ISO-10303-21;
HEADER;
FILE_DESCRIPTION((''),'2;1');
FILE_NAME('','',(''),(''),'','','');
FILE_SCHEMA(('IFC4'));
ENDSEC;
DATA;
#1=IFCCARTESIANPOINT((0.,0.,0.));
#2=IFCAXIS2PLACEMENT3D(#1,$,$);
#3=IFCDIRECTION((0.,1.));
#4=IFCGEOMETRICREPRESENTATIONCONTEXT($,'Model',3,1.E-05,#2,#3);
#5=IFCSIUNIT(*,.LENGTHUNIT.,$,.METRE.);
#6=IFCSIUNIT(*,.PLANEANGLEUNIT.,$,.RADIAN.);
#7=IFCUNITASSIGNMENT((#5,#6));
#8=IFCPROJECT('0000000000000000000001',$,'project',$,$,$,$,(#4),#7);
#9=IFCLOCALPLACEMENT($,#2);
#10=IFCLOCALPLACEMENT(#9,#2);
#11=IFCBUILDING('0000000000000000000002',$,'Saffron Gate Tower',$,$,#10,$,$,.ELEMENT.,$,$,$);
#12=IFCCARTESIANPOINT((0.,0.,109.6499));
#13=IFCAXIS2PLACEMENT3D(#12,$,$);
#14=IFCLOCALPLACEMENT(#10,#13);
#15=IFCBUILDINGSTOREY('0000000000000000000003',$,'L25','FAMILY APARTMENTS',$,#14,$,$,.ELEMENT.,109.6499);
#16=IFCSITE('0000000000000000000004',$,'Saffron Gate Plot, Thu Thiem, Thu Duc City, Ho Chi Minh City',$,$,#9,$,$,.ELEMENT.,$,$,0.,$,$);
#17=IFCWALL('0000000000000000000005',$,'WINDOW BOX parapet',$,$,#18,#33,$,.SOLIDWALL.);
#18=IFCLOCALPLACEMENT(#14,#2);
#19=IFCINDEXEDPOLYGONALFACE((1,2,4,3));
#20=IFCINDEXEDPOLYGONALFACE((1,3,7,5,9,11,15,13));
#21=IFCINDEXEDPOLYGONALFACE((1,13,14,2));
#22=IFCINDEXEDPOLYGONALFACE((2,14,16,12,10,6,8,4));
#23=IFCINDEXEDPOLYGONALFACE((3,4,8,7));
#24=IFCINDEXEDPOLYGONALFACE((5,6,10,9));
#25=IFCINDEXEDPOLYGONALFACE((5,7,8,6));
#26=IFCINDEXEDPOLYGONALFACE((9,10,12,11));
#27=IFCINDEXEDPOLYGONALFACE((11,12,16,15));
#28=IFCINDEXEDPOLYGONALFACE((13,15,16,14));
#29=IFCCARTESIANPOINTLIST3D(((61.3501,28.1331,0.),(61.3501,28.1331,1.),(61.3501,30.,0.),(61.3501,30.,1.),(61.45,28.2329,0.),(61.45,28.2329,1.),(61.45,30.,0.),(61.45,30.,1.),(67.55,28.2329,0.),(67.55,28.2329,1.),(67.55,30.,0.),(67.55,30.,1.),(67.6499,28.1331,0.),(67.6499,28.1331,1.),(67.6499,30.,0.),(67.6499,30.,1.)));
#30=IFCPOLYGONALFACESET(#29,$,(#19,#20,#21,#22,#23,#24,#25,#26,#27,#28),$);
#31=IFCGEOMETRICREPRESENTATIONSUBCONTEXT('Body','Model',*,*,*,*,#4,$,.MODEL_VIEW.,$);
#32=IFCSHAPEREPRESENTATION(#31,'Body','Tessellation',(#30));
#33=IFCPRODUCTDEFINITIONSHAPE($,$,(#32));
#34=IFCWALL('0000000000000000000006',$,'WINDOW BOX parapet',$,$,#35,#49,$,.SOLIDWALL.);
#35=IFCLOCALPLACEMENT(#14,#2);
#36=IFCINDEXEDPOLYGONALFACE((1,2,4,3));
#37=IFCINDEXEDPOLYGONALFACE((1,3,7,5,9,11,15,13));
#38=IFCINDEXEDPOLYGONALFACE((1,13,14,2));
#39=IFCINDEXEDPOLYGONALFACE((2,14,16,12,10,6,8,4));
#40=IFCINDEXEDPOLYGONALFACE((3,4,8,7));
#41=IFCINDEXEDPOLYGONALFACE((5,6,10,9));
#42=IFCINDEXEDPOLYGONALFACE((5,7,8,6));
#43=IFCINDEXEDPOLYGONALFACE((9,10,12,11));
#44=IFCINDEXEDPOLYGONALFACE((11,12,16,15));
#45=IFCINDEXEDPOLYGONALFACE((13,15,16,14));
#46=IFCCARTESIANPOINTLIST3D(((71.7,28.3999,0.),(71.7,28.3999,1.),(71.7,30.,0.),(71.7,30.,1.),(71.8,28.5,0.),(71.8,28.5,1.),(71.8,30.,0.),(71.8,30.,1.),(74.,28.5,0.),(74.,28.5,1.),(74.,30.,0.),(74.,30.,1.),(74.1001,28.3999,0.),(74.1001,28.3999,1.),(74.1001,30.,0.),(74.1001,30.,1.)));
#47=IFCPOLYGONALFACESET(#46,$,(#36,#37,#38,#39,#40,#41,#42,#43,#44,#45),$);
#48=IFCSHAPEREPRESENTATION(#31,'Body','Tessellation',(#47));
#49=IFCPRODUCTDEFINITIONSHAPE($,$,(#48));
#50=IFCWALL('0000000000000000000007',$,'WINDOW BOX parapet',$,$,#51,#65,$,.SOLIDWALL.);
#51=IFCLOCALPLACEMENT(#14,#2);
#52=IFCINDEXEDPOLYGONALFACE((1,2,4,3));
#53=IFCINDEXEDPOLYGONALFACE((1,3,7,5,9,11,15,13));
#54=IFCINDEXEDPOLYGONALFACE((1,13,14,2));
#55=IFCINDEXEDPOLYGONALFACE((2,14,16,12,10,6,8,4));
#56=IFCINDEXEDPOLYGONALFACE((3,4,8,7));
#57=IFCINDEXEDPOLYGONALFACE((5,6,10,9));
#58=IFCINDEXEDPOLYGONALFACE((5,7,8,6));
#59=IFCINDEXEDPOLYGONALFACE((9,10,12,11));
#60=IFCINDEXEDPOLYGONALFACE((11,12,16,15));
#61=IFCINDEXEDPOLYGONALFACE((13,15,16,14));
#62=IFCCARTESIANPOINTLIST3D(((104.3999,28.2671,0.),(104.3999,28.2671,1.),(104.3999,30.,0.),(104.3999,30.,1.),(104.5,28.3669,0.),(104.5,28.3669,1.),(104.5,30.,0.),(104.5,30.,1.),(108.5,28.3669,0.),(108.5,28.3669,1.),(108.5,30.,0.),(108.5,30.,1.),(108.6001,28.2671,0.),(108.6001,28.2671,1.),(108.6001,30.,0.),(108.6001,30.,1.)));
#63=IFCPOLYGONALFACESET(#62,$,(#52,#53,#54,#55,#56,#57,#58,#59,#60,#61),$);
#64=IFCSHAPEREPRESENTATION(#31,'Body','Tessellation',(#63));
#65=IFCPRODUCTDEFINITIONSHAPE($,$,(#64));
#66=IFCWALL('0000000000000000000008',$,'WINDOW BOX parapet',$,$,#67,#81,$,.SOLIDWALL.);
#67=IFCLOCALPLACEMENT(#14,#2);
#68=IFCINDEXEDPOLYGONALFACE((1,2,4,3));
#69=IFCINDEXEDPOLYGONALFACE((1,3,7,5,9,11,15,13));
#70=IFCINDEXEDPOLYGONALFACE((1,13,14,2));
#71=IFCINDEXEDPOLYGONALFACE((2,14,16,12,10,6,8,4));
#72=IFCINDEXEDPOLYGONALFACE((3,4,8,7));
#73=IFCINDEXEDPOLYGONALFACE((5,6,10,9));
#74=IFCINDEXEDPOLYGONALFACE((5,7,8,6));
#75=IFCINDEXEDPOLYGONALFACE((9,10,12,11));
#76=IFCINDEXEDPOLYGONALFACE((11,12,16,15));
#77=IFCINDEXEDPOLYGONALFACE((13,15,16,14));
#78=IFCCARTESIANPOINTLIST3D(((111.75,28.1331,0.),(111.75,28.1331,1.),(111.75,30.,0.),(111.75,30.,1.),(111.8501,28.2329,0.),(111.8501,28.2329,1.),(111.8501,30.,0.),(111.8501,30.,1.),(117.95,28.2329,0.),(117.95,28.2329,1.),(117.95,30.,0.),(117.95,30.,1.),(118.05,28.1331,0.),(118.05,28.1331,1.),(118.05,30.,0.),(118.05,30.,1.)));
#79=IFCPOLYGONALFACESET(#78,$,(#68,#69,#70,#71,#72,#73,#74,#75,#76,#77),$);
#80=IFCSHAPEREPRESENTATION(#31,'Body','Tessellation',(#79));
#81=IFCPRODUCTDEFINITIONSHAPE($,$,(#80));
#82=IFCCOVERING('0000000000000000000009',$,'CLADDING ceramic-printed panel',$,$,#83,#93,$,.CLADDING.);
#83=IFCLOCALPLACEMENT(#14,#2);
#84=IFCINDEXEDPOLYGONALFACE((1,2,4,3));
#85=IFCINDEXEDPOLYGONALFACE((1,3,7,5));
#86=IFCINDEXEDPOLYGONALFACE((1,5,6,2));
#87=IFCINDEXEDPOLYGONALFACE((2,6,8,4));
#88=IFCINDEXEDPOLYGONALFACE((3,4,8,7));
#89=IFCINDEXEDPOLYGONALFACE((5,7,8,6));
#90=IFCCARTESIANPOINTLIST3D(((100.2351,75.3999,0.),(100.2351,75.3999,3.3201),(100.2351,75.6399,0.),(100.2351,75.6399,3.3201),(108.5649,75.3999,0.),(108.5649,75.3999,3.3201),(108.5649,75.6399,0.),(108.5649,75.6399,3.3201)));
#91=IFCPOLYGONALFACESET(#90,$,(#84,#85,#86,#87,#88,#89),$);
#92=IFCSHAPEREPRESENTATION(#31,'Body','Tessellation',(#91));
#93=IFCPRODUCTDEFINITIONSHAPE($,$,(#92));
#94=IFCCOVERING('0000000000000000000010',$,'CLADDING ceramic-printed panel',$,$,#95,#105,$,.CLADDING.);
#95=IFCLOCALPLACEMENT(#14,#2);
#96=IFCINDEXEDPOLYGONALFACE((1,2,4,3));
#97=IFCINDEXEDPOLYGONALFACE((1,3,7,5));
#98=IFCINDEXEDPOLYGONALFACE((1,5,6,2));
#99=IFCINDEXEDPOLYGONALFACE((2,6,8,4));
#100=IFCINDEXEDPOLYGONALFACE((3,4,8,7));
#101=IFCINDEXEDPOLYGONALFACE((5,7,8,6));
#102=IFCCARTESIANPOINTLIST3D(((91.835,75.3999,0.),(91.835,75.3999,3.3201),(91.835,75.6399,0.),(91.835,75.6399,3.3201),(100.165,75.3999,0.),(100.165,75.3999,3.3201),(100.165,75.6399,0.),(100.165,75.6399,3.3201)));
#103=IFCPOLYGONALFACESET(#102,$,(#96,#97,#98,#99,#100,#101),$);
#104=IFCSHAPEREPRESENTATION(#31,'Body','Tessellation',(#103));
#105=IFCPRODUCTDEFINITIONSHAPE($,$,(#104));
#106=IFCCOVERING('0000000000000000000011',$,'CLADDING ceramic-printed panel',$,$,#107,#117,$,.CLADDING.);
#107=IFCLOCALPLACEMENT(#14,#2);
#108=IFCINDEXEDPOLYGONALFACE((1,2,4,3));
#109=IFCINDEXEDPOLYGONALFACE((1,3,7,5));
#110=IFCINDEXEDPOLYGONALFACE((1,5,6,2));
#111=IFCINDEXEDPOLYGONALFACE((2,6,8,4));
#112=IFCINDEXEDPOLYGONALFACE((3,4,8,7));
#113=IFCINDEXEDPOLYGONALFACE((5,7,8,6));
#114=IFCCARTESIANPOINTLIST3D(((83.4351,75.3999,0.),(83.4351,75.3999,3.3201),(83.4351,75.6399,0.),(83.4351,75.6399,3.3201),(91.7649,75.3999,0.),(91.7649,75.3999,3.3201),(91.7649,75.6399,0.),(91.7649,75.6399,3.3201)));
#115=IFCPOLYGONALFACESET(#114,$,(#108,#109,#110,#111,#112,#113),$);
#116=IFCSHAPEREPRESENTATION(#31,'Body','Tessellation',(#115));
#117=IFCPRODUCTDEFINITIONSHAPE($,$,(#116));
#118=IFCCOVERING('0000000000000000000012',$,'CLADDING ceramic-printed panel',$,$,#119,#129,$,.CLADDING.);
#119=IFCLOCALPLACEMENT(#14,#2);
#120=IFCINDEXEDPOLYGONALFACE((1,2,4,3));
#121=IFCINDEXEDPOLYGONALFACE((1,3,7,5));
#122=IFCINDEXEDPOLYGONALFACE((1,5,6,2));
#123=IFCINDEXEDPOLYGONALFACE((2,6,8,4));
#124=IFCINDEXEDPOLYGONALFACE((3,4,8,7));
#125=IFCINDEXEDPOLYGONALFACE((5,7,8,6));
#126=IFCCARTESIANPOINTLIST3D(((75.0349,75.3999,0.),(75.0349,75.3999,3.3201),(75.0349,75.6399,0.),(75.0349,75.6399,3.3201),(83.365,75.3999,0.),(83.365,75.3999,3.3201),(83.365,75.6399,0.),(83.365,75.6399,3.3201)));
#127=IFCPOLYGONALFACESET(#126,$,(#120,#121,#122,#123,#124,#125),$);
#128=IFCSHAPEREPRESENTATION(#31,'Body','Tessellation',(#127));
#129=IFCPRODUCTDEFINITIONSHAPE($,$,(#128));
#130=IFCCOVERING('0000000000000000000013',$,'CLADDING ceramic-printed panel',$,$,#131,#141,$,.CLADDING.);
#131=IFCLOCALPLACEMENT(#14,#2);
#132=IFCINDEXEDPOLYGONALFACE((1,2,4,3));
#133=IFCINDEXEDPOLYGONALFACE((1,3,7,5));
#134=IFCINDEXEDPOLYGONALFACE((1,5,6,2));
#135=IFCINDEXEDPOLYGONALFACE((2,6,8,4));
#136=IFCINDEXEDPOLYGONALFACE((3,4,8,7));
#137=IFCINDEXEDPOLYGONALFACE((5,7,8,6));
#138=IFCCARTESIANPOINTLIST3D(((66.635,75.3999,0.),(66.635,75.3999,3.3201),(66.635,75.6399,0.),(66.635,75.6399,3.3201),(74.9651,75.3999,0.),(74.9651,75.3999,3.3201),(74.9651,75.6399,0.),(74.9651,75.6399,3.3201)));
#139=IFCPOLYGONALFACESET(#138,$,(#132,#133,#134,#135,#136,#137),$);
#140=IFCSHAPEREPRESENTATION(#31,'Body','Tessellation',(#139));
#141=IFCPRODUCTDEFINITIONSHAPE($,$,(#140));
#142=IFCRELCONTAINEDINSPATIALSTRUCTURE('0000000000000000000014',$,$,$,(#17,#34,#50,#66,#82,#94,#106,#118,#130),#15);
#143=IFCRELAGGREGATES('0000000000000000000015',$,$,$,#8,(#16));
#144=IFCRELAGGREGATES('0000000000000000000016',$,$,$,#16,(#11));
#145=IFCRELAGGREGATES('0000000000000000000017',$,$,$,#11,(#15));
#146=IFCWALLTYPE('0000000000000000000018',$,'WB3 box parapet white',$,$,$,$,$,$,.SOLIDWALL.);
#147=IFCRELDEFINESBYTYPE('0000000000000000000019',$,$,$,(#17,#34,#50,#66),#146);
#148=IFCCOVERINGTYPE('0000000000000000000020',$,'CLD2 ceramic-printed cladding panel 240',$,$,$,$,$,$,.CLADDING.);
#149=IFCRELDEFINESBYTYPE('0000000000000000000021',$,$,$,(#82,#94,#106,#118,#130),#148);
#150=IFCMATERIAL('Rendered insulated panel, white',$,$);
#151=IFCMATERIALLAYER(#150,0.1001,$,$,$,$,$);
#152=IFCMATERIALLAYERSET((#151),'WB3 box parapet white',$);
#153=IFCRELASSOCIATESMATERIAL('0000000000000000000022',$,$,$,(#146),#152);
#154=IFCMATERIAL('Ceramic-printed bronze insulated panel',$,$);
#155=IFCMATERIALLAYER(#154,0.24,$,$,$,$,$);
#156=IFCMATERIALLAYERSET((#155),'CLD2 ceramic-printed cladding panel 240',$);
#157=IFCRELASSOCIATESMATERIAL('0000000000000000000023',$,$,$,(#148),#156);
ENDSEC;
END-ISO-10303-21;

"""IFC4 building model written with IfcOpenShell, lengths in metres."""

from ifc_helpers import new_model, si_unit, direction, frame, origin, place, context, subcontext, project, spatial, polyline, outline, extrude, material, layer, layer_set, type_object, element, save


model = new_model("IFC4")

# Units and contexts
model_context = context("Model", 3, precision=1e-05, world=origin(), true_north=direction((0.0, 1.0)))
body_context = subcontext(model_context, "Body", "Model", "MODEL_VIEW")
ifc_project = project(units=[si_unit("LENGTHUNIT", "METRE"), si_unit("PLANEANGLEUNIT", "RADIAN")], contexts=[model_context])

# Site, building, storey
site_placement = place(None, origin())
site = spatial("IfcSite", under=ifc_project, at=site_placement, Name="Saffron Gate Plot, Thu Thiem, Thu Duc City, Ho Chi Minh City", CompositionType="ELEMENT", RefElevation=0.0)
building_placement = place(site_placement, origin())
building = spatial("IfcBuilding", under=site, at=building_placement, Name="Saffron Gate Tower", CompositionType="ELEMENT")
storey_placement = place(building_placement, frame((0.0, 0.0, 109.6499)))
storey = spatial("IfcBuildingStorey", under=building, at=storey_placement, Name="L25", Description="FAMILY APARTMENTS", CompositionType="ELEMENT", Elevation=109.6499)

# Walls
ifc_material_1 = material(Name="Rendered insulated panel, white")
ifc_layer_1 = layer(ifc_material_1, 0.1001)
ifc_layer_set_1 = layer_set([ifc_layer_1], Name="WB3 box parapet white")
wall_type = type_object("IfcWallType", Name="WB3 box parapet white", PredefinedType="SOLIDWALL", material=ifc_layer_set_1)
wall_1_placement = place(storey_placement, origin())
element("IfcWall", 1, at=wall_1_placement, inside=storey, type_object=wall_type, Name="WINDOW BOX parapet", PredefinedType="SOLIDWALL", context=body_context, shape_type="SweptSolid", body=[
    extrude(outline(polyline([(61.3501, 30.0), (61.45, 30.0), (61.45, 28.2329), (67.55, 28.2329), (67.55, 30.0), (67.6499, 30.0), (67.6499, 28.1331), (61.3501, 28.1331), (61.3501, 30.0)])), origin(), (0.0, 0.0, 1.0), 1.0),
])
wall_2_placement = place(storey_placement, origin())
element("IfcWall", 2, at=wall_2_placement, inside=storey, type_object=wall_type, Name="WINDOW BOX parapet", PredefinedType="SOLIDWALL", context=body_context, shape_type="SweptSolid", body=[
    extrude(outline(polyline([(71.7, 30.0), (71.8, 30.0), (71.8, 28.5), (74.0, 28.5), (74.0, 30.0), (74.1001, 30.0), (74.1001, 28.3999), (71.7, 28.3999), (71.7, 30.0)])), origin(), (0.0, 0.0, 1.0), 1.0),
])
wall_3_placement = place(storey_placement, origin())
element("IfcWall", 3, at=wall_3_placement, inside=storey, type_object=wall_type, Name="WINDOW BOX parapet", PredefinedType="SOLIDWALL", context=body_context, shape_type="SweptSolid", body=[
    extrude(outline(polyline([(104.3999, 30.0), (104.5, 30.0), (104.5, 28.3669), (108.5, 28.3669), (108.5, 30.0), (108.6001, 30.0), (108.6001, 28.2671), (104.3999, 28.2671), (104.3999, 30.0)])), origin(), (0.0, 0.0, 1.0), 1.0),
])
wall_4_placement = place(storey_placement, origin())
element("IfcWall", 4, at=wall_4_placement, inside=storey, type_object=wall_type, Name="WINDOW BOX parapet", PredefinedType="SOLIDWALL", context=body_context, shape_type="SweptSolid", body=[
    extrude(outline(polyline([(111.75, 30.0), (111.8501, 30.0), (111.8501, 28.2329), (117.95, 28.2329), (117.95, 30.0), (118.05, 30.0), (118.05, 28.1331), (111.75, 28.1331), (111.75, 30.0)])), origin(), (0.0, 0.0, 1.0), 1.0),
])

# Coverings
ifc_material_2 = material(Name="Ceramic-printed bronze insulated panel")
ifc_layer_2 = layer(ifc_material_2, 0.24)
ifc_layer_set_2 = layer_set([ifc_layer_2], Name="CLD2 ceramic-printed cladding panel 240")
covering_type = type_object("IfcCoveringType", Name="CLD2 ceramic-printed cladding panel 240", PredefinedType="CLADDING", material=ifc_layer_set_2)
covering_1_placement = place(storey_placement, origin())
element("IfcCovering", 5, at=covering_1_placement, inside=storey, type_object=covering_type, Name="CLADDING ceramic-printed panel", PredefinedType="CLADDING", context=body_context, shape_type="SweptSolid", body=[
    extrude(outline(polyline([(108.5649, 75.6399), (100.2351, 75.6399), (100.2351, 75.3999), (108.5649, 75.3999), (108.5649, 75.6399)])), origin(), (0.0, 0.0, 1.0), 3.3201),
])
covering_2_placement = place(storey_placement, origin())
element("IfcCovering", 6, at=covering_2_placement, inside=storey, type_object=covering_type, Name="CLADDING ceramic-printed panel", PredefinedType="CLADDING", context=body_context, shape_type="SweptSolid", body=[
    extrude(outline(polyline([(100.165, 75.6399), (91.835, 75.6399), (91.835, 75.3999), (100.165, 75.3999), (100.165, 75.6399)])), origin(), (0.0, 0.0, 1.0), 3.3201),
])
covering_3_placement = place(storey_placement, origin())
element("IfcCovering", 7, at=covering_3_placement, inside=storey, type_object=covering_type, Name="CLADDING ceramic-printed panel", PredefinedType="CLADDING", context=body_context, shape_type="SweptSolid", body=[
    extrude(outline(polyline([(91.7649, 75.6399), (83.4351, 75.6399), (83.4351, 75.3999), (91.7649, 75.3999), (91.7649, 75.6399)])), origin(), (0.0, 0.0, 1.0), 3.3201),
])
covering_4_placement = place(storey_placement, origin())
element("IfcCovering", 8, at=covering_4_placement, inside=storey, type_object=covering_type, Name="CLADDING ceramic-printed panel", PredefinedType="CLADDING", context=body_context, shape_type="SweptSolid", body=[
    extrude(outline(polyline([(83.365, 75.6399), (75.0349, 75.6399), (75.0349, 75.3999), (83.365, 75.3999), (83.365, 75.6399)])), origin(), (0.0, 0.0, 1.0), 3.3201),
])
covering_5_placement = place(storey_placement, origin())
element("IfcCovering", 9, at=covering_5_placement, inside=storey, type_object=covering_type, Name="CLADDING ceramic-printed panel", PredefinedType="CLADDING", context=body_context, shape_type="SweptSolid", body=[
    extrude(outline(polyline([(74.9651, 75.6399), (66.635, 75.6399), (66.635, 75.3999), (74.9651, 75.3999), (74.9651, 75.6399)])), origin(), (0.0, 0.0, 1.0), 3.3201),
])

save(model, "model.ifc")
